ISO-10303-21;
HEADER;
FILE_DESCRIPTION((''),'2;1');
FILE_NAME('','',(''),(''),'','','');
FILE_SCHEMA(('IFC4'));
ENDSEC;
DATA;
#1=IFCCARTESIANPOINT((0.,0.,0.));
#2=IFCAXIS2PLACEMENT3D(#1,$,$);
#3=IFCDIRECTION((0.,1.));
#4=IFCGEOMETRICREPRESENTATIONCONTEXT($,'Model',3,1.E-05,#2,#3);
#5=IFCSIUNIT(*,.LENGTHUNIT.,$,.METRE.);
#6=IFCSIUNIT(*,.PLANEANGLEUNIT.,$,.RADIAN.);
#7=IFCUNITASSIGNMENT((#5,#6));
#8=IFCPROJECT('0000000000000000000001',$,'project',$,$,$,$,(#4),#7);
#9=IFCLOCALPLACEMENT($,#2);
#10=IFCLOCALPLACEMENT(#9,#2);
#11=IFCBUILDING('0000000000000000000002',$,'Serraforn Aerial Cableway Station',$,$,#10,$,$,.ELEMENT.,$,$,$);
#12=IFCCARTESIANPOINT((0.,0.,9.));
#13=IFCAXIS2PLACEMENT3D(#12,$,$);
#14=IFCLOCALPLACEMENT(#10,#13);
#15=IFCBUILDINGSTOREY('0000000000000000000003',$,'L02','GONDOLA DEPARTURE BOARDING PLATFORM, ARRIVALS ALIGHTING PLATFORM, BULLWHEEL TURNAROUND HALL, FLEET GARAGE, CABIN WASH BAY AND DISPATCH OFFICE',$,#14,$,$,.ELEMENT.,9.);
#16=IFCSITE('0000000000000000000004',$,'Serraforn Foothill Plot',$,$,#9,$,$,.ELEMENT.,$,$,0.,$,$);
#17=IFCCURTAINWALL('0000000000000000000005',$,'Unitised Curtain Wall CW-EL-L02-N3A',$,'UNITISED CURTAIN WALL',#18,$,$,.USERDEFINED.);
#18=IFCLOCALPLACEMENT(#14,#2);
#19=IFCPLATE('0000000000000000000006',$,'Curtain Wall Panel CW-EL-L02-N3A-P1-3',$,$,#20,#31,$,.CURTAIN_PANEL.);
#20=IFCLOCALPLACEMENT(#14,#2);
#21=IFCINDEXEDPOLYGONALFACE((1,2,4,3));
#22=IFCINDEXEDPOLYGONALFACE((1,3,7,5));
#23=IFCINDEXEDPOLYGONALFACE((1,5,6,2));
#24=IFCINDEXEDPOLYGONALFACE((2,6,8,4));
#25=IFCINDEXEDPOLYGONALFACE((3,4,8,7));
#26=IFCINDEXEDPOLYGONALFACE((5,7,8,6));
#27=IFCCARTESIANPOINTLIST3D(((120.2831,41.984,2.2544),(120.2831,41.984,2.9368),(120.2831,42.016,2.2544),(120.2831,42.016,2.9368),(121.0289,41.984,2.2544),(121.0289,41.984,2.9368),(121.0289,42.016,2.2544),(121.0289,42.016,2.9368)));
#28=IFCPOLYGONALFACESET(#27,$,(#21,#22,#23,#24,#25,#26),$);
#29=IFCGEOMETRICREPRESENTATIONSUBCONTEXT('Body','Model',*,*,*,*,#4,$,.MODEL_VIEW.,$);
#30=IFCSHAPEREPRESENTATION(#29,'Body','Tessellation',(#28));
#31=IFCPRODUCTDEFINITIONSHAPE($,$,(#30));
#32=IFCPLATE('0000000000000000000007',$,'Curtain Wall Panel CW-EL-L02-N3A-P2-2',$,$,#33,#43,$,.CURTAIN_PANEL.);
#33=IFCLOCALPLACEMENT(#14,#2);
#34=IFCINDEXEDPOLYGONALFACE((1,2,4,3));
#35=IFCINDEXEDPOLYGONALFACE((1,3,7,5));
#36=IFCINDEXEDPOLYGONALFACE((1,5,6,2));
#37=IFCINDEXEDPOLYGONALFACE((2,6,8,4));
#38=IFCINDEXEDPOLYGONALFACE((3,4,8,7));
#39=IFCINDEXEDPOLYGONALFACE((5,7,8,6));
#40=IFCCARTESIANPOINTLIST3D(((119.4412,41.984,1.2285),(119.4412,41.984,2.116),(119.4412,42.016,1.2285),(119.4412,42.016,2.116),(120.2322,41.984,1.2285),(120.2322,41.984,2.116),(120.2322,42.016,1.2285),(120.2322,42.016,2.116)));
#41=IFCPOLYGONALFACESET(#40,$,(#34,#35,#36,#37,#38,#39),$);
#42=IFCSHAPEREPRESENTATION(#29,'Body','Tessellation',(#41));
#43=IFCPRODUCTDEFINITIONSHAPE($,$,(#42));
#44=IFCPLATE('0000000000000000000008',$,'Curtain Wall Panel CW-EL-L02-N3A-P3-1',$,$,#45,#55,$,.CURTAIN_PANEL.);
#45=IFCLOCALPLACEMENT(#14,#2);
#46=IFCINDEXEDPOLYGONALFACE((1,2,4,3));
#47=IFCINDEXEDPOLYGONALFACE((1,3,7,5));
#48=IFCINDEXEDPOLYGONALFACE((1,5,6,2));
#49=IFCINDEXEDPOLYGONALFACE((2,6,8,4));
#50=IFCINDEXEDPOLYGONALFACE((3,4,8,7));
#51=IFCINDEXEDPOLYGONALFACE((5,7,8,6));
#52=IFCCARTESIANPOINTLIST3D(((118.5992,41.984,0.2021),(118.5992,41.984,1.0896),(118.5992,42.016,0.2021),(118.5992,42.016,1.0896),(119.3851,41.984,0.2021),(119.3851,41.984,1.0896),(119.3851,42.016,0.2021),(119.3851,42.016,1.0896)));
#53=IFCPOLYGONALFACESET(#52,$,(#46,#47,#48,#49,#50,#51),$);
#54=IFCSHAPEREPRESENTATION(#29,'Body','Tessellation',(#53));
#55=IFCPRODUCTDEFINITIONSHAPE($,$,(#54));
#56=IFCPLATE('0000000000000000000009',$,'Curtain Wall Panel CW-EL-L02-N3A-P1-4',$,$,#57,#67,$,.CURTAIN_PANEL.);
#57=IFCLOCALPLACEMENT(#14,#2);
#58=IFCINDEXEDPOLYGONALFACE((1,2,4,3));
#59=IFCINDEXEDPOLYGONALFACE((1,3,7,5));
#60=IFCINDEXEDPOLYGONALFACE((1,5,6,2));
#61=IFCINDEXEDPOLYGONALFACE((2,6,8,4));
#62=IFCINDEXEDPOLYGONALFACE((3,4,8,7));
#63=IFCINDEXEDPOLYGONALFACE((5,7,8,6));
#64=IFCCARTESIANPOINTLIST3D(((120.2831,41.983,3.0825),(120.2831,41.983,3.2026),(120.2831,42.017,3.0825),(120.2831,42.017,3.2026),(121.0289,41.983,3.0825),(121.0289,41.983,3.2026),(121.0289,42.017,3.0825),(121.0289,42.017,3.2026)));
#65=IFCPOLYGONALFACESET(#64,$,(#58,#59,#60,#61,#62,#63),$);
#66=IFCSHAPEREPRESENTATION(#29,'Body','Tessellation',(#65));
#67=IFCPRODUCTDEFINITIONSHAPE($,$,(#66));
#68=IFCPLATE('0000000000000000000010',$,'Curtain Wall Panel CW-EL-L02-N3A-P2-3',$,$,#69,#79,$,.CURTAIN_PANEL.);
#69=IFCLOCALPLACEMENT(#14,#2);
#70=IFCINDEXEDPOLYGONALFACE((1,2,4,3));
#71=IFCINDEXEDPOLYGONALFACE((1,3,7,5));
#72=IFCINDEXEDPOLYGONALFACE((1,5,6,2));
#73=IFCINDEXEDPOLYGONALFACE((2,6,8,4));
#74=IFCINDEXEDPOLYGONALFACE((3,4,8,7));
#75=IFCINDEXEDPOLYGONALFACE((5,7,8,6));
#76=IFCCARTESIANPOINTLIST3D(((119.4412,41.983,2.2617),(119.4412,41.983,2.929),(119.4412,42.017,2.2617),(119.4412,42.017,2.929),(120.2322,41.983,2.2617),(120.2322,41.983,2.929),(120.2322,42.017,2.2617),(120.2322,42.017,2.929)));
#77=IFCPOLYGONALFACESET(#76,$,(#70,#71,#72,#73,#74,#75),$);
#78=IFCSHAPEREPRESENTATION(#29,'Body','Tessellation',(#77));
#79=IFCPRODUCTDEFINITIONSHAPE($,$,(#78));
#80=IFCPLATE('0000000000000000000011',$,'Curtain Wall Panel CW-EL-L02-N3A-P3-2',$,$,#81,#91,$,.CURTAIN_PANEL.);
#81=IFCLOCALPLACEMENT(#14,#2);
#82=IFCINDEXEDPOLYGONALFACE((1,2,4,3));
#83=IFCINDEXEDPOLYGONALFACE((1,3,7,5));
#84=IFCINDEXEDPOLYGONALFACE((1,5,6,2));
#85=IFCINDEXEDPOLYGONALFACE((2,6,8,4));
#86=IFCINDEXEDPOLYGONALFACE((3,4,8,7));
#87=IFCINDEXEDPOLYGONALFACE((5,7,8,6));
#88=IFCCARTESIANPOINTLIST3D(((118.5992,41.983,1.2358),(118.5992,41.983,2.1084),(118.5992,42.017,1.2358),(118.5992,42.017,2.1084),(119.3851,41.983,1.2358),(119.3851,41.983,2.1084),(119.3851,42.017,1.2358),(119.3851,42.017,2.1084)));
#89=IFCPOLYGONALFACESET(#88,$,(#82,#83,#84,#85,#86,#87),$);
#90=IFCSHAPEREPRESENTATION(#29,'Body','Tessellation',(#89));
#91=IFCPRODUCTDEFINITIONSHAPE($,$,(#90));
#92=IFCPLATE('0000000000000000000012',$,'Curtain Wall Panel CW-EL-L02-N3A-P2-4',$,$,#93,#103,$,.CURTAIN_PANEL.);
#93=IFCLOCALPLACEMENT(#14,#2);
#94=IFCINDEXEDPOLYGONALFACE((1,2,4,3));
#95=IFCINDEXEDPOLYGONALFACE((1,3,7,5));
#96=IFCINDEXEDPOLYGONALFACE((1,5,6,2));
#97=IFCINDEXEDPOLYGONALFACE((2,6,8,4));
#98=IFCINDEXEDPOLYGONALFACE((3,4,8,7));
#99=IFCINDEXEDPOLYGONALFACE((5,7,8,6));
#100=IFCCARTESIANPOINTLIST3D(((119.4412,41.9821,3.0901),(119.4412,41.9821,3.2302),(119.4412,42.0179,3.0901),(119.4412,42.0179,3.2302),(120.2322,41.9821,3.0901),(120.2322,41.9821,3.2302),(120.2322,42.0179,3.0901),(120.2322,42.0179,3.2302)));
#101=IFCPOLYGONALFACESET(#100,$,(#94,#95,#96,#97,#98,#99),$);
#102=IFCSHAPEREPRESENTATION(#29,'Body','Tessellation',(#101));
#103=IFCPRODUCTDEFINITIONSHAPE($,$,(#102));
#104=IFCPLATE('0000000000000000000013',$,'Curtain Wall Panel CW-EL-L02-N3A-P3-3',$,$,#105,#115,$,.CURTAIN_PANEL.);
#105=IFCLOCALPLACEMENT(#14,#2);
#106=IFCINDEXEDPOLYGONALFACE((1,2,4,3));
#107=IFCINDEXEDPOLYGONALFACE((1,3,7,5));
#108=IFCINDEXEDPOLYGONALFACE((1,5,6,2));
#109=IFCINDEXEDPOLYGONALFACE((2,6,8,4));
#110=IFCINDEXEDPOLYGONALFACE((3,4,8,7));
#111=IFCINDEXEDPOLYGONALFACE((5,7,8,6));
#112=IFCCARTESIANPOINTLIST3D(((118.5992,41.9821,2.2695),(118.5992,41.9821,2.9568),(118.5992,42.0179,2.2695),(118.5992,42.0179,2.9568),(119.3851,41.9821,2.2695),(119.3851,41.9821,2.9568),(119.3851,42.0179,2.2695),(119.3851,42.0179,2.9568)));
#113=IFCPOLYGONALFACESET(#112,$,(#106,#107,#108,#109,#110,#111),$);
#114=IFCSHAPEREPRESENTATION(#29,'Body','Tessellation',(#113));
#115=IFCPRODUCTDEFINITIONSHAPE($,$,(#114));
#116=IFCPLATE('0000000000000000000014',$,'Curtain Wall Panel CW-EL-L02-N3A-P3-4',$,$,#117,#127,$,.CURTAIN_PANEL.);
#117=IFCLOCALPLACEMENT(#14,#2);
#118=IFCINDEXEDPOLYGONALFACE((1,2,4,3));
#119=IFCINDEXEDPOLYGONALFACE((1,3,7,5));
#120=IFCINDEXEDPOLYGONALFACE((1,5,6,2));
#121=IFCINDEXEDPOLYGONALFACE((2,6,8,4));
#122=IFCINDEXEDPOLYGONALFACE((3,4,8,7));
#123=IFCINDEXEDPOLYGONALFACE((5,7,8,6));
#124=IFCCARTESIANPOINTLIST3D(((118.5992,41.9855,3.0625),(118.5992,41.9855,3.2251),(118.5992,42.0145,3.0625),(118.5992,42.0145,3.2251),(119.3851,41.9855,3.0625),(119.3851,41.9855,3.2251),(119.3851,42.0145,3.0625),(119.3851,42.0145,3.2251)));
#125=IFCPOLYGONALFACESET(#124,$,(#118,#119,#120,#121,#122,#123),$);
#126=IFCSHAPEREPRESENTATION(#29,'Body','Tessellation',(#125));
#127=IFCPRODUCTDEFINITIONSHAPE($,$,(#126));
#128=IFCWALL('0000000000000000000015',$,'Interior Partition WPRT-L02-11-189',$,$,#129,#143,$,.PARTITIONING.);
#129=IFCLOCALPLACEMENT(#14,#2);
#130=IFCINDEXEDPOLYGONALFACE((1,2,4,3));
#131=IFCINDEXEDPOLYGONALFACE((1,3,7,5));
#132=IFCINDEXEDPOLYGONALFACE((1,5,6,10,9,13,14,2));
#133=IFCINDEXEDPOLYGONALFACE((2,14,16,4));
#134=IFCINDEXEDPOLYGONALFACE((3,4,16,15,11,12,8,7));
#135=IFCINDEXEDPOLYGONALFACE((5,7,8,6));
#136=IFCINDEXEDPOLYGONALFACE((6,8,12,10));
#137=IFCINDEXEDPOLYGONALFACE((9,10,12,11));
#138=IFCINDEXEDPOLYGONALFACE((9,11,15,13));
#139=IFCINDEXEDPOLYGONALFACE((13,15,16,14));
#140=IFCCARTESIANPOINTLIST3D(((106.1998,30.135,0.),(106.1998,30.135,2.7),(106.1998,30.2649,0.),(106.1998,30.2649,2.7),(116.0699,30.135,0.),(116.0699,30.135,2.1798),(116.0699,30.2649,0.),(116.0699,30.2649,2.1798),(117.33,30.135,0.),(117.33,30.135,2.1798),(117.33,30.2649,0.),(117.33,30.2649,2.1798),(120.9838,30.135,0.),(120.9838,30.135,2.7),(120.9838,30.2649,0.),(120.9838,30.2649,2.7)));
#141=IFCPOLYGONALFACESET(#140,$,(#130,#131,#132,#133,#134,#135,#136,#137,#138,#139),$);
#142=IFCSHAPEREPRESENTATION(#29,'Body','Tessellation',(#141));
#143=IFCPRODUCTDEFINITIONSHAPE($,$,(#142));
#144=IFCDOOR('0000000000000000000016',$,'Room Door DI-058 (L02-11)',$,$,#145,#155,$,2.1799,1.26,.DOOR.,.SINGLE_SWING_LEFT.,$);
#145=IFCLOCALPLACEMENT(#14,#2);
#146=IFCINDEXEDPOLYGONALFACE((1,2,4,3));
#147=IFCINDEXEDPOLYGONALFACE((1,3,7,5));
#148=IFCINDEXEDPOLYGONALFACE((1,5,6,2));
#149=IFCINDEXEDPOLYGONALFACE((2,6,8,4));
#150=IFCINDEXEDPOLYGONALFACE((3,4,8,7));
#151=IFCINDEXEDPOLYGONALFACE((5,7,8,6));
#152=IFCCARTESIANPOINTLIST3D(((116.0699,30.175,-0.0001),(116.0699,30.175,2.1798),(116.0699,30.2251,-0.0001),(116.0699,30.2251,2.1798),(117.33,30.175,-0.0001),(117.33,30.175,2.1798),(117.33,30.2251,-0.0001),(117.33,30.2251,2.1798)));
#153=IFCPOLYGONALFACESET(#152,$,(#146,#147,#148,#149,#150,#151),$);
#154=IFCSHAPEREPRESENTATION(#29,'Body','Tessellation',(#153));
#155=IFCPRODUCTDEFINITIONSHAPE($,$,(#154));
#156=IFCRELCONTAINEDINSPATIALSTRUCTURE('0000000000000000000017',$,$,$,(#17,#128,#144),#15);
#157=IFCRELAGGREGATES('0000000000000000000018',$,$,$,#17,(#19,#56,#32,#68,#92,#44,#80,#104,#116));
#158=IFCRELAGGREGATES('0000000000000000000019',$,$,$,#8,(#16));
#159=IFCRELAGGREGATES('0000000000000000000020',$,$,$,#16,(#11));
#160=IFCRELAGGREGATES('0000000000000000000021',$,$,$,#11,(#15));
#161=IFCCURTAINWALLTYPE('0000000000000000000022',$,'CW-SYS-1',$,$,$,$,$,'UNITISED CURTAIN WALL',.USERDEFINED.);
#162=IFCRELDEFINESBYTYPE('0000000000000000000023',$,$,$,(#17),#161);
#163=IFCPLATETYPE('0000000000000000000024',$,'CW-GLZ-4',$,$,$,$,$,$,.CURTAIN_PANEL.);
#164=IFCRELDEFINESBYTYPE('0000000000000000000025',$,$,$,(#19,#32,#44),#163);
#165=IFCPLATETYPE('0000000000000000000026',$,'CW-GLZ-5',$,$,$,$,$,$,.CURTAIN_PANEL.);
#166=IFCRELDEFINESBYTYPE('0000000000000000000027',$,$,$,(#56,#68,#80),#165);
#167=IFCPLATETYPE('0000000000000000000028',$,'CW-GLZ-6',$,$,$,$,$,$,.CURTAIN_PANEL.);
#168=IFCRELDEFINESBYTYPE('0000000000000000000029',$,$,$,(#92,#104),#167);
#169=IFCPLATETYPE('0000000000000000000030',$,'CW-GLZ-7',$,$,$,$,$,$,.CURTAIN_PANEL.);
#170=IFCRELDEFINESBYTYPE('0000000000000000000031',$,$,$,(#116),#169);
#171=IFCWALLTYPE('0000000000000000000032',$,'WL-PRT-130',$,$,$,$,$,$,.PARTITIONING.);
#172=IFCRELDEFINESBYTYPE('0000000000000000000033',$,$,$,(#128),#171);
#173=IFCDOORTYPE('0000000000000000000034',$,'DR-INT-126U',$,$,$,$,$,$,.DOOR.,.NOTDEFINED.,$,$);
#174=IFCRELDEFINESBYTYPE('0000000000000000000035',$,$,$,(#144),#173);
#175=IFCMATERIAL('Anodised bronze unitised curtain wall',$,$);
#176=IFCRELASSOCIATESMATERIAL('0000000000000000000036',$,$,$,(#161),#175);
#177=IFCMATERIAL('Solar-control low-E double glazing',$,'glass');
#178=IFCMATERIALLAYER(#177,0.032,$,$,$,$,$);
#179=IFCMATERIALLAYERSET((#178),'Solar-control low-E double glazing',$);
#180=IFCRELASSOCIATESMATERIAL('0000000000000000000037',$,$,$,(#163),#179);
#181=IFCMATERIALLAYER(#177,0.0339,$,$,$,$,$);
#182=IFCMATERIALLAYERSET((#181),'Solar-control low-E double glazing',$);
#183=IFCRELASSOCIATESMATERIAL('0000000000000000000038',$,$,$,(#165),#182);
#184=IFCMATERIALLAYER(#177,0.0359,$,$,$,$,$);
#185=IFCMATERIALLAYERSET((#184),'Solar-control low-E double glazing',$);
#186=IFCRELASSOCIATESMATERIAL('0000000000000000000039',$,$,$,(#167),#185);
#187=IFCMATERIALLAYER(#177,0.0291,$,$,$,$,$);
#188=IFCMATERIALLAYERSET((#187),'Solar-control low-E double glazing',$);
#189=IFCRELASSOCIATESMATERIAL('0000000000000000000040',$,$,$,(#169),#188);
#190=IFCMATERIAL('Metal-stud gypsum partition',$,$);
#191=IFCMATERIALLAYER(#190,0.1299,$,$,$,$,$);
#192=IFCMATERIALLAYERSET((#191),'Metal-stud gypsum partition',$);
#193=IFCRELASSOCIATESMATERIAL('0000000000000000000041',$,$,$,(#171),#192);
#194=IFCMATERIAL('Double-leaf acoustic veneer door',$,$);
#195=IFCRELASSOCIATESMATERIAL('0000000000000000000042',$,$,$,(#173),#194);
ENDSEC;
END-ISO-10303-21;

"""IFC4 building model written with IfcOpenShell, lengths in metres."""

from ifc_helpers import new_model, si_unit, direction, frame, frame_2d, origin, origin_2d, place, context, subcontext, project, spatial, rectangle, extrude, material, layer, layer_set, type_object, element, fill, aggregate, save


model = new_model("IFC4")

# Units and contexts
model_context = context("Model", 3, precision=1e-05, world=origin(), true_north=direction((0.0, 1.0)))
body_context = subcontext(model_context, "Body", "Model", "MODEL_VIEW")
ifc_project = project(units=[si_unit("LENGTHUNIT", "METRE"), si_unit("PLANEANGLEUNIT", "RADIAN")], contexts=[model_context])

# Site, building, storey
site_placement = place(None, origin())
site = spatial("IfcSite", under=ifc_project, at=site_placement, Name="Serraforn Foothill Plot", CompositionType="ELEMENT", RefElevation=0.0)
building_placement = place(site_placement, origin())
building = spatial("IfcBuilding", under=site, at=building_placement, Name="Serraforn Aerial Cableway Station", CompositionType="ELEMENT")
storey_placement = place(building_placement, frame((0.0, 0.0, 9.0)))
storey = spatial("IfcBuildingStorey", under=building, at=storey_placement, Name="L02", Description="GONDOLA DEPARTURE BOARDING PLATFORM, ARRIVALS ALIGHTING PLATFORM, BULLWHEEL TURNAROUND HALL, FLEET GARAGE, CABIN WASH BAY AND DISPATCH OFFICE", CompositionType="ELEMENT", Elevation=9.0)

# Curtain wall, plates
ifc_material_1 = material(Name="Anodised bronze unitised curtain wall")
curtain_wall_type = type_object("IfcCurtainWallType", Name="CW-SYS-1", ElementType="UNITISED CURTAIN WALL", PredefinedType="USERDEFINED", material=ifc_material_1)
curtain_wall_placement = place(storey_placement, origin())
curtain_wall = element("IfcCurtainWall", 1, at=curtain_wall_placement, inside=storey, type_object=curtain_wall_type, Name="Unitised Curtain Wall CW-EL-L02-N3A", ObjectType="UNITISED CURTAIN WALL", PredefinedType="USERDEFINED")
ifc_material_2 = material(Name="Solar-control low-E double glazing", Category="glass")
ifc_layer_1 = layer(ifc_material_2, 0.032)
ifc_layer_set_1 = layer_set([ifc_layer_1], Name="Solar-control low-E double glazing")
plate_type_1 = type_object("IfcPlateType", Name="CW-GLZ-4", PredefinedType="CURTAIN_PANEL", material=ifc_layer_set_1)
plate_1_placement = place(storey_placement, frame((120.656, 42.0, 2.2544), z_axis=(0.0, 0.0, 1.0), x_axis=(1.0, 0.0, 0.0)))
plate_1 = element("IfcPlate", 2, at=plate_1_placement, type_object=plate_type_1, Name="Curtain Wall Panel CW-EL-L02-N3A-P1-3", PredefinedType="CURTAIN_PANEL", context=body_context, shape_type="SweptSolid", body=[
    extrude(rectangle(XDim=0.7458, YDim=0.032, at=origin_2d()), origin(), (0.0, 0.0, 1.0), 0.6824),
])
plate_2_placement = place(storey_placement, frame((119.8367, 42.0, 1.2285), z_axis=(0.0, 0.0, 1.0), x_axis=(1.0, 0.0, 0.0)))
plate_2 = element("IfcPlate", 3, at=plate_2_placement, type_object=plate_type_1, Name="Curtain Wall Panel CW-EL-L02-N3A-P2-2", PredefinedType="CURTAIN_PANEL", context=body_context, shape_type="SweptSolid", body=[
    extrude(rectangle(XDim=0.791, YDim=0.032, at=origin_2d()), origin(), (0.0, 0.0, 1.0), 0.8875),
])
plate_3_placement = place(storey_placement, frame((118.9922, 42.0, 0.2021), z_axis=(0.0, 0.0, 1.0), x_axis=(1.0, 0.0, 0.0)))
plate_3 = element("IfcPlate", 4, at=plate_3_placement, type_object=plate_type_1, Name="Curtain Wall Panel CW-EL-L02-N3A-P3-1", PredefinedType="CURTAIN_PANEL", context=body_context, shape_type="SweptSolid", body=[
    extrude(rectangle(XDim=0.7859, YDim=0.032, at=origin_2d()), origin(), (0.0, 0.0, 1.0), 0.8875),
])
ifc_layer_2 = layer(ifc_material_2, 0.0339)
ifc_layer_set_2 = layer_set([ifc_layer_2], Name="Solar-control low-E double glazing")
plate_type_2 = type_object("IfcPlateType", Name="CW-GLZ-5", PredefinedType="CURTAIN_PANEL", material=ifc_layer_set_2)
plate_4_placement = place(storey_placement, frame((120.656, 42.0, 3.0825), z_axis=(0.0, 0.0, 1.0), x_axis=(1.0, 0.0, 0.0)))
plate_4 = element("IfcPlate", 5, at=plate_4_placement, type_object=plate_type_2, Name="Curtain Wall Panel CW-EL-L02-N3A-P1-4", PredefinedType="CURTAIN_PANEL", context=body_context, shape_type="SweptSolid", body=[
    extrude(rectangle(XDim=0.7458, YDim=0.0339, at=origin_2d()), origin(), (0.0, 0.0, 1.0), 0.1201),
])
plate_5_placement = place(storey_placement, frame((119.8367, 42.0, 2.2617), z_axis=(0.0, 0.0, 1.0), x_axis=(1.0, 0.0, 0.0)))
plate_5 = element("IfcPlate", 6, at=plate_5_placement, type_object=plate_type_2, Name="Curtain Wall Panel CW-EL-L02-N3A-P2-3", PredefinedType="CURTAIN_PANEL", context=body_context, shape_type="SweptSolid", body=[
    extrude(rectangle(XDim=0.791, YDim=0.0339, at=origin_2d()), origin(), (0.0, 0.0, 1.0), 0.6672),
])
plate_6_placement = place(storey_placement, frame((118.9922, 42.0, 1.2358), z_axis=(0.0, 0.0, 1.0), x_axis=(1.0, 0.0, 0.0)))
plate_6 = element("IfcPlate", 7, at=plate_6_placement, type_object=plate_type_2, Name="Curtain Wall Panel CW-EL-L02-N3A-P3-2", PredefinedType="CURTAIN_PANEL", context=body_context, shape_type="SweptSolid", body=[
    extrude(rectangle(XDim=0.7859, YDim=0.0339, at=origin_2d()), origin(), (0.0, 0.0, 1.0), 0.8726),
])
ifc_layer_3 = layer(ifc_material_2, 0.0359)
ifc_layer_set_3 = layer_set([ifc_layer_3], Name="Solar-control low-E double glazing")
plate_type_3 = type_object("IfcPlateType", Name="CW-GLZ-6", PredefinedType="CURTAIN_PANEL", material=ifc_layer_set_3)
plate_7_placement = place(storey_placement, frame((119.8367, 42.0, 3.0901), z_axis=(0.0, 0.0, 1.0), x_axis=(1.0, 0.0, 0.0)))
plate_7 = element("IfcPlate", 8, at=plate_7_placement, type_object=plate_type_3, Name="Curtain Wall Panel CW-EL-L02-N3A-P2-4", PredefinedType="CURTAIN_PANEL", context=body_context, shape_type="SweptSolid", body=[
    extrude(rectangle(XDim=0.791, YDim=0.0359, at=origin_2d()), origin(), (0.0, 0.0, 1.0), 0.1401),
])
plate_8_placement = place(storey_placement, frame((118.9922, 42.0, 2.2695), z_axis=(0.0, 0.0, 1.0), x_axis=(1.0, 0.0, 0.0)))
plate_8 = element("IfcPlate", 9, at=plate_8_placement, type_object=plate_type_3, Name="Curtain Wall Panel CW-EL-L02-N3A-P3-3", PredefinedType="CURTAIN_PANEL", context=body_context, shape_type="SweptSolid", body=[
    extrude(rectangle(XDim=0.7859, YDim=0.0359, at=origin_2d()), origin(), (0.0, 0.0, 1.0), 0.6873),
])
ifc_layer_4 = layer(ifc_material_2, 0.0291)
ifc_layer_set_4 = layer_set([ifc_layer_4], Name="Solar-control low-E double glazing")
plate_type_4 = type_object("IfcPlateType", Name="CW-GLZ-7", PredefinedType="CURTAIN_PANEL", material=ifc_layer_set_4)
plate_9_placement = place(storey_placement, frame((118.9922, 42.0, 3.0625), z_axis=(0.0, 0.0, 1.0), x_axis=(1.0, 0.0, 0.0)))
plate_9 = element("IfcPlate", 10, at=plate_9_placement, type_object=plate_type_4, Name="Curtain Wall Panel CW-EL-L02-N3A-P3-4", PredefinedType="CURTAIN_PANEL", context=body_context, shape_type="SweptSolid", body=[
    extrude(rectangle(XDim=0.7859, YDim=0.0291, at=origin_2d()), origin(), (0.0, 0.0, 1.0), 0.1626),
])
aggregate(curtain_wall, [plate_1, plate_4, plate_2, plate_5, plate_7, plate_3, plate_6, plate_8, plate_9])

# Wall, opening, door
ifc_material_3 = material(Name="Metal-stud gypsum partition")
ifc_layer_5 = layer(ifc_material_3, 0.1299)
ifc_layer_set_5 = layer_set([ifc_layer_5], Name="Metal-stud gypsum partition")
wall_type = type_object("IfcWallType", Name="WL-PRT-130", PredefinedType="PARTITIONING", material=ifc_layer_set_5)
wall_placement = place(storey_placement, frame((120.9839, 30.2, 0.0), z_axis=(0.0, 0.0, 1.0), x_axis=(-1.0, 0.0, 0.0)))
wall = element("IfcWall", 11, at=wall_placement, inside=storey, type_object=wall_type, Name="Interior Partition WPRT-L02-11-189", PredefinedType="PARTITIONING", context=body_context, shape_type="SweptSolid", body=[
    extrude(rectangle(XDim=14.7839, YDim=0.1299, at=frame_2d((7.3921, 0.0))), origin(), (0.0, 0.0, 1.0), 2.7),
])
opening_placement = place(wall_placement, frame((3.6541, 0.0, 0.0)))
opening = element("IfcOpeningElement", 12, at=opening_placement, cuts=wall, PredefinedType="OPENING", context=body_context, shape_type="SweptSolid", body=[
    extrude(rectangle(XDim=1.26, YDim=2.1799, at=frame_2d((0.6299, 1.0898))), frame((0.0, 0.075, 0.0), z_axis=(0.0, -1.0, 0.0), x_axis=(1.0, 0.0, 0.0)), (0.0, 0.0, 1.0), 0.1499),
])
ifc_material_4 = material(Name="Double-leaf acoustic veneer door")
door_type = type_object("IfcDoorType", Name="DR-INT-126U", OperationType="NOTDEFINED", PredefinedType="DOOR", material=ifc_material_4)
door_placement = place(opening_placement, origin())
door = element("IfcDoor", 13, at=door_placement, inside=storey, type_object=door_type, Name="Room Door DI-058 (L02-11)", OperationType="SINGLE_SWING_LEFT", OverallHeight=2.1799, OverallWidth=1.26, PredefinedType="DOOR", context=body_context, shape_type="SweptSolid", body=[
    extrude(rectangle(XDim=1.26, YDim=2.1799, at=frame_2d((0.6299, 1.0898))), frame((0.0, 0.0249, 0.0), z_axis=(0.0, -1.0, 0.0), x_axis=(1.0, 0.0, 0.0)), (0.0, 0.0, 1.0), 0.05),
])
fill(opening, door)

save(model, "model.ifc")
